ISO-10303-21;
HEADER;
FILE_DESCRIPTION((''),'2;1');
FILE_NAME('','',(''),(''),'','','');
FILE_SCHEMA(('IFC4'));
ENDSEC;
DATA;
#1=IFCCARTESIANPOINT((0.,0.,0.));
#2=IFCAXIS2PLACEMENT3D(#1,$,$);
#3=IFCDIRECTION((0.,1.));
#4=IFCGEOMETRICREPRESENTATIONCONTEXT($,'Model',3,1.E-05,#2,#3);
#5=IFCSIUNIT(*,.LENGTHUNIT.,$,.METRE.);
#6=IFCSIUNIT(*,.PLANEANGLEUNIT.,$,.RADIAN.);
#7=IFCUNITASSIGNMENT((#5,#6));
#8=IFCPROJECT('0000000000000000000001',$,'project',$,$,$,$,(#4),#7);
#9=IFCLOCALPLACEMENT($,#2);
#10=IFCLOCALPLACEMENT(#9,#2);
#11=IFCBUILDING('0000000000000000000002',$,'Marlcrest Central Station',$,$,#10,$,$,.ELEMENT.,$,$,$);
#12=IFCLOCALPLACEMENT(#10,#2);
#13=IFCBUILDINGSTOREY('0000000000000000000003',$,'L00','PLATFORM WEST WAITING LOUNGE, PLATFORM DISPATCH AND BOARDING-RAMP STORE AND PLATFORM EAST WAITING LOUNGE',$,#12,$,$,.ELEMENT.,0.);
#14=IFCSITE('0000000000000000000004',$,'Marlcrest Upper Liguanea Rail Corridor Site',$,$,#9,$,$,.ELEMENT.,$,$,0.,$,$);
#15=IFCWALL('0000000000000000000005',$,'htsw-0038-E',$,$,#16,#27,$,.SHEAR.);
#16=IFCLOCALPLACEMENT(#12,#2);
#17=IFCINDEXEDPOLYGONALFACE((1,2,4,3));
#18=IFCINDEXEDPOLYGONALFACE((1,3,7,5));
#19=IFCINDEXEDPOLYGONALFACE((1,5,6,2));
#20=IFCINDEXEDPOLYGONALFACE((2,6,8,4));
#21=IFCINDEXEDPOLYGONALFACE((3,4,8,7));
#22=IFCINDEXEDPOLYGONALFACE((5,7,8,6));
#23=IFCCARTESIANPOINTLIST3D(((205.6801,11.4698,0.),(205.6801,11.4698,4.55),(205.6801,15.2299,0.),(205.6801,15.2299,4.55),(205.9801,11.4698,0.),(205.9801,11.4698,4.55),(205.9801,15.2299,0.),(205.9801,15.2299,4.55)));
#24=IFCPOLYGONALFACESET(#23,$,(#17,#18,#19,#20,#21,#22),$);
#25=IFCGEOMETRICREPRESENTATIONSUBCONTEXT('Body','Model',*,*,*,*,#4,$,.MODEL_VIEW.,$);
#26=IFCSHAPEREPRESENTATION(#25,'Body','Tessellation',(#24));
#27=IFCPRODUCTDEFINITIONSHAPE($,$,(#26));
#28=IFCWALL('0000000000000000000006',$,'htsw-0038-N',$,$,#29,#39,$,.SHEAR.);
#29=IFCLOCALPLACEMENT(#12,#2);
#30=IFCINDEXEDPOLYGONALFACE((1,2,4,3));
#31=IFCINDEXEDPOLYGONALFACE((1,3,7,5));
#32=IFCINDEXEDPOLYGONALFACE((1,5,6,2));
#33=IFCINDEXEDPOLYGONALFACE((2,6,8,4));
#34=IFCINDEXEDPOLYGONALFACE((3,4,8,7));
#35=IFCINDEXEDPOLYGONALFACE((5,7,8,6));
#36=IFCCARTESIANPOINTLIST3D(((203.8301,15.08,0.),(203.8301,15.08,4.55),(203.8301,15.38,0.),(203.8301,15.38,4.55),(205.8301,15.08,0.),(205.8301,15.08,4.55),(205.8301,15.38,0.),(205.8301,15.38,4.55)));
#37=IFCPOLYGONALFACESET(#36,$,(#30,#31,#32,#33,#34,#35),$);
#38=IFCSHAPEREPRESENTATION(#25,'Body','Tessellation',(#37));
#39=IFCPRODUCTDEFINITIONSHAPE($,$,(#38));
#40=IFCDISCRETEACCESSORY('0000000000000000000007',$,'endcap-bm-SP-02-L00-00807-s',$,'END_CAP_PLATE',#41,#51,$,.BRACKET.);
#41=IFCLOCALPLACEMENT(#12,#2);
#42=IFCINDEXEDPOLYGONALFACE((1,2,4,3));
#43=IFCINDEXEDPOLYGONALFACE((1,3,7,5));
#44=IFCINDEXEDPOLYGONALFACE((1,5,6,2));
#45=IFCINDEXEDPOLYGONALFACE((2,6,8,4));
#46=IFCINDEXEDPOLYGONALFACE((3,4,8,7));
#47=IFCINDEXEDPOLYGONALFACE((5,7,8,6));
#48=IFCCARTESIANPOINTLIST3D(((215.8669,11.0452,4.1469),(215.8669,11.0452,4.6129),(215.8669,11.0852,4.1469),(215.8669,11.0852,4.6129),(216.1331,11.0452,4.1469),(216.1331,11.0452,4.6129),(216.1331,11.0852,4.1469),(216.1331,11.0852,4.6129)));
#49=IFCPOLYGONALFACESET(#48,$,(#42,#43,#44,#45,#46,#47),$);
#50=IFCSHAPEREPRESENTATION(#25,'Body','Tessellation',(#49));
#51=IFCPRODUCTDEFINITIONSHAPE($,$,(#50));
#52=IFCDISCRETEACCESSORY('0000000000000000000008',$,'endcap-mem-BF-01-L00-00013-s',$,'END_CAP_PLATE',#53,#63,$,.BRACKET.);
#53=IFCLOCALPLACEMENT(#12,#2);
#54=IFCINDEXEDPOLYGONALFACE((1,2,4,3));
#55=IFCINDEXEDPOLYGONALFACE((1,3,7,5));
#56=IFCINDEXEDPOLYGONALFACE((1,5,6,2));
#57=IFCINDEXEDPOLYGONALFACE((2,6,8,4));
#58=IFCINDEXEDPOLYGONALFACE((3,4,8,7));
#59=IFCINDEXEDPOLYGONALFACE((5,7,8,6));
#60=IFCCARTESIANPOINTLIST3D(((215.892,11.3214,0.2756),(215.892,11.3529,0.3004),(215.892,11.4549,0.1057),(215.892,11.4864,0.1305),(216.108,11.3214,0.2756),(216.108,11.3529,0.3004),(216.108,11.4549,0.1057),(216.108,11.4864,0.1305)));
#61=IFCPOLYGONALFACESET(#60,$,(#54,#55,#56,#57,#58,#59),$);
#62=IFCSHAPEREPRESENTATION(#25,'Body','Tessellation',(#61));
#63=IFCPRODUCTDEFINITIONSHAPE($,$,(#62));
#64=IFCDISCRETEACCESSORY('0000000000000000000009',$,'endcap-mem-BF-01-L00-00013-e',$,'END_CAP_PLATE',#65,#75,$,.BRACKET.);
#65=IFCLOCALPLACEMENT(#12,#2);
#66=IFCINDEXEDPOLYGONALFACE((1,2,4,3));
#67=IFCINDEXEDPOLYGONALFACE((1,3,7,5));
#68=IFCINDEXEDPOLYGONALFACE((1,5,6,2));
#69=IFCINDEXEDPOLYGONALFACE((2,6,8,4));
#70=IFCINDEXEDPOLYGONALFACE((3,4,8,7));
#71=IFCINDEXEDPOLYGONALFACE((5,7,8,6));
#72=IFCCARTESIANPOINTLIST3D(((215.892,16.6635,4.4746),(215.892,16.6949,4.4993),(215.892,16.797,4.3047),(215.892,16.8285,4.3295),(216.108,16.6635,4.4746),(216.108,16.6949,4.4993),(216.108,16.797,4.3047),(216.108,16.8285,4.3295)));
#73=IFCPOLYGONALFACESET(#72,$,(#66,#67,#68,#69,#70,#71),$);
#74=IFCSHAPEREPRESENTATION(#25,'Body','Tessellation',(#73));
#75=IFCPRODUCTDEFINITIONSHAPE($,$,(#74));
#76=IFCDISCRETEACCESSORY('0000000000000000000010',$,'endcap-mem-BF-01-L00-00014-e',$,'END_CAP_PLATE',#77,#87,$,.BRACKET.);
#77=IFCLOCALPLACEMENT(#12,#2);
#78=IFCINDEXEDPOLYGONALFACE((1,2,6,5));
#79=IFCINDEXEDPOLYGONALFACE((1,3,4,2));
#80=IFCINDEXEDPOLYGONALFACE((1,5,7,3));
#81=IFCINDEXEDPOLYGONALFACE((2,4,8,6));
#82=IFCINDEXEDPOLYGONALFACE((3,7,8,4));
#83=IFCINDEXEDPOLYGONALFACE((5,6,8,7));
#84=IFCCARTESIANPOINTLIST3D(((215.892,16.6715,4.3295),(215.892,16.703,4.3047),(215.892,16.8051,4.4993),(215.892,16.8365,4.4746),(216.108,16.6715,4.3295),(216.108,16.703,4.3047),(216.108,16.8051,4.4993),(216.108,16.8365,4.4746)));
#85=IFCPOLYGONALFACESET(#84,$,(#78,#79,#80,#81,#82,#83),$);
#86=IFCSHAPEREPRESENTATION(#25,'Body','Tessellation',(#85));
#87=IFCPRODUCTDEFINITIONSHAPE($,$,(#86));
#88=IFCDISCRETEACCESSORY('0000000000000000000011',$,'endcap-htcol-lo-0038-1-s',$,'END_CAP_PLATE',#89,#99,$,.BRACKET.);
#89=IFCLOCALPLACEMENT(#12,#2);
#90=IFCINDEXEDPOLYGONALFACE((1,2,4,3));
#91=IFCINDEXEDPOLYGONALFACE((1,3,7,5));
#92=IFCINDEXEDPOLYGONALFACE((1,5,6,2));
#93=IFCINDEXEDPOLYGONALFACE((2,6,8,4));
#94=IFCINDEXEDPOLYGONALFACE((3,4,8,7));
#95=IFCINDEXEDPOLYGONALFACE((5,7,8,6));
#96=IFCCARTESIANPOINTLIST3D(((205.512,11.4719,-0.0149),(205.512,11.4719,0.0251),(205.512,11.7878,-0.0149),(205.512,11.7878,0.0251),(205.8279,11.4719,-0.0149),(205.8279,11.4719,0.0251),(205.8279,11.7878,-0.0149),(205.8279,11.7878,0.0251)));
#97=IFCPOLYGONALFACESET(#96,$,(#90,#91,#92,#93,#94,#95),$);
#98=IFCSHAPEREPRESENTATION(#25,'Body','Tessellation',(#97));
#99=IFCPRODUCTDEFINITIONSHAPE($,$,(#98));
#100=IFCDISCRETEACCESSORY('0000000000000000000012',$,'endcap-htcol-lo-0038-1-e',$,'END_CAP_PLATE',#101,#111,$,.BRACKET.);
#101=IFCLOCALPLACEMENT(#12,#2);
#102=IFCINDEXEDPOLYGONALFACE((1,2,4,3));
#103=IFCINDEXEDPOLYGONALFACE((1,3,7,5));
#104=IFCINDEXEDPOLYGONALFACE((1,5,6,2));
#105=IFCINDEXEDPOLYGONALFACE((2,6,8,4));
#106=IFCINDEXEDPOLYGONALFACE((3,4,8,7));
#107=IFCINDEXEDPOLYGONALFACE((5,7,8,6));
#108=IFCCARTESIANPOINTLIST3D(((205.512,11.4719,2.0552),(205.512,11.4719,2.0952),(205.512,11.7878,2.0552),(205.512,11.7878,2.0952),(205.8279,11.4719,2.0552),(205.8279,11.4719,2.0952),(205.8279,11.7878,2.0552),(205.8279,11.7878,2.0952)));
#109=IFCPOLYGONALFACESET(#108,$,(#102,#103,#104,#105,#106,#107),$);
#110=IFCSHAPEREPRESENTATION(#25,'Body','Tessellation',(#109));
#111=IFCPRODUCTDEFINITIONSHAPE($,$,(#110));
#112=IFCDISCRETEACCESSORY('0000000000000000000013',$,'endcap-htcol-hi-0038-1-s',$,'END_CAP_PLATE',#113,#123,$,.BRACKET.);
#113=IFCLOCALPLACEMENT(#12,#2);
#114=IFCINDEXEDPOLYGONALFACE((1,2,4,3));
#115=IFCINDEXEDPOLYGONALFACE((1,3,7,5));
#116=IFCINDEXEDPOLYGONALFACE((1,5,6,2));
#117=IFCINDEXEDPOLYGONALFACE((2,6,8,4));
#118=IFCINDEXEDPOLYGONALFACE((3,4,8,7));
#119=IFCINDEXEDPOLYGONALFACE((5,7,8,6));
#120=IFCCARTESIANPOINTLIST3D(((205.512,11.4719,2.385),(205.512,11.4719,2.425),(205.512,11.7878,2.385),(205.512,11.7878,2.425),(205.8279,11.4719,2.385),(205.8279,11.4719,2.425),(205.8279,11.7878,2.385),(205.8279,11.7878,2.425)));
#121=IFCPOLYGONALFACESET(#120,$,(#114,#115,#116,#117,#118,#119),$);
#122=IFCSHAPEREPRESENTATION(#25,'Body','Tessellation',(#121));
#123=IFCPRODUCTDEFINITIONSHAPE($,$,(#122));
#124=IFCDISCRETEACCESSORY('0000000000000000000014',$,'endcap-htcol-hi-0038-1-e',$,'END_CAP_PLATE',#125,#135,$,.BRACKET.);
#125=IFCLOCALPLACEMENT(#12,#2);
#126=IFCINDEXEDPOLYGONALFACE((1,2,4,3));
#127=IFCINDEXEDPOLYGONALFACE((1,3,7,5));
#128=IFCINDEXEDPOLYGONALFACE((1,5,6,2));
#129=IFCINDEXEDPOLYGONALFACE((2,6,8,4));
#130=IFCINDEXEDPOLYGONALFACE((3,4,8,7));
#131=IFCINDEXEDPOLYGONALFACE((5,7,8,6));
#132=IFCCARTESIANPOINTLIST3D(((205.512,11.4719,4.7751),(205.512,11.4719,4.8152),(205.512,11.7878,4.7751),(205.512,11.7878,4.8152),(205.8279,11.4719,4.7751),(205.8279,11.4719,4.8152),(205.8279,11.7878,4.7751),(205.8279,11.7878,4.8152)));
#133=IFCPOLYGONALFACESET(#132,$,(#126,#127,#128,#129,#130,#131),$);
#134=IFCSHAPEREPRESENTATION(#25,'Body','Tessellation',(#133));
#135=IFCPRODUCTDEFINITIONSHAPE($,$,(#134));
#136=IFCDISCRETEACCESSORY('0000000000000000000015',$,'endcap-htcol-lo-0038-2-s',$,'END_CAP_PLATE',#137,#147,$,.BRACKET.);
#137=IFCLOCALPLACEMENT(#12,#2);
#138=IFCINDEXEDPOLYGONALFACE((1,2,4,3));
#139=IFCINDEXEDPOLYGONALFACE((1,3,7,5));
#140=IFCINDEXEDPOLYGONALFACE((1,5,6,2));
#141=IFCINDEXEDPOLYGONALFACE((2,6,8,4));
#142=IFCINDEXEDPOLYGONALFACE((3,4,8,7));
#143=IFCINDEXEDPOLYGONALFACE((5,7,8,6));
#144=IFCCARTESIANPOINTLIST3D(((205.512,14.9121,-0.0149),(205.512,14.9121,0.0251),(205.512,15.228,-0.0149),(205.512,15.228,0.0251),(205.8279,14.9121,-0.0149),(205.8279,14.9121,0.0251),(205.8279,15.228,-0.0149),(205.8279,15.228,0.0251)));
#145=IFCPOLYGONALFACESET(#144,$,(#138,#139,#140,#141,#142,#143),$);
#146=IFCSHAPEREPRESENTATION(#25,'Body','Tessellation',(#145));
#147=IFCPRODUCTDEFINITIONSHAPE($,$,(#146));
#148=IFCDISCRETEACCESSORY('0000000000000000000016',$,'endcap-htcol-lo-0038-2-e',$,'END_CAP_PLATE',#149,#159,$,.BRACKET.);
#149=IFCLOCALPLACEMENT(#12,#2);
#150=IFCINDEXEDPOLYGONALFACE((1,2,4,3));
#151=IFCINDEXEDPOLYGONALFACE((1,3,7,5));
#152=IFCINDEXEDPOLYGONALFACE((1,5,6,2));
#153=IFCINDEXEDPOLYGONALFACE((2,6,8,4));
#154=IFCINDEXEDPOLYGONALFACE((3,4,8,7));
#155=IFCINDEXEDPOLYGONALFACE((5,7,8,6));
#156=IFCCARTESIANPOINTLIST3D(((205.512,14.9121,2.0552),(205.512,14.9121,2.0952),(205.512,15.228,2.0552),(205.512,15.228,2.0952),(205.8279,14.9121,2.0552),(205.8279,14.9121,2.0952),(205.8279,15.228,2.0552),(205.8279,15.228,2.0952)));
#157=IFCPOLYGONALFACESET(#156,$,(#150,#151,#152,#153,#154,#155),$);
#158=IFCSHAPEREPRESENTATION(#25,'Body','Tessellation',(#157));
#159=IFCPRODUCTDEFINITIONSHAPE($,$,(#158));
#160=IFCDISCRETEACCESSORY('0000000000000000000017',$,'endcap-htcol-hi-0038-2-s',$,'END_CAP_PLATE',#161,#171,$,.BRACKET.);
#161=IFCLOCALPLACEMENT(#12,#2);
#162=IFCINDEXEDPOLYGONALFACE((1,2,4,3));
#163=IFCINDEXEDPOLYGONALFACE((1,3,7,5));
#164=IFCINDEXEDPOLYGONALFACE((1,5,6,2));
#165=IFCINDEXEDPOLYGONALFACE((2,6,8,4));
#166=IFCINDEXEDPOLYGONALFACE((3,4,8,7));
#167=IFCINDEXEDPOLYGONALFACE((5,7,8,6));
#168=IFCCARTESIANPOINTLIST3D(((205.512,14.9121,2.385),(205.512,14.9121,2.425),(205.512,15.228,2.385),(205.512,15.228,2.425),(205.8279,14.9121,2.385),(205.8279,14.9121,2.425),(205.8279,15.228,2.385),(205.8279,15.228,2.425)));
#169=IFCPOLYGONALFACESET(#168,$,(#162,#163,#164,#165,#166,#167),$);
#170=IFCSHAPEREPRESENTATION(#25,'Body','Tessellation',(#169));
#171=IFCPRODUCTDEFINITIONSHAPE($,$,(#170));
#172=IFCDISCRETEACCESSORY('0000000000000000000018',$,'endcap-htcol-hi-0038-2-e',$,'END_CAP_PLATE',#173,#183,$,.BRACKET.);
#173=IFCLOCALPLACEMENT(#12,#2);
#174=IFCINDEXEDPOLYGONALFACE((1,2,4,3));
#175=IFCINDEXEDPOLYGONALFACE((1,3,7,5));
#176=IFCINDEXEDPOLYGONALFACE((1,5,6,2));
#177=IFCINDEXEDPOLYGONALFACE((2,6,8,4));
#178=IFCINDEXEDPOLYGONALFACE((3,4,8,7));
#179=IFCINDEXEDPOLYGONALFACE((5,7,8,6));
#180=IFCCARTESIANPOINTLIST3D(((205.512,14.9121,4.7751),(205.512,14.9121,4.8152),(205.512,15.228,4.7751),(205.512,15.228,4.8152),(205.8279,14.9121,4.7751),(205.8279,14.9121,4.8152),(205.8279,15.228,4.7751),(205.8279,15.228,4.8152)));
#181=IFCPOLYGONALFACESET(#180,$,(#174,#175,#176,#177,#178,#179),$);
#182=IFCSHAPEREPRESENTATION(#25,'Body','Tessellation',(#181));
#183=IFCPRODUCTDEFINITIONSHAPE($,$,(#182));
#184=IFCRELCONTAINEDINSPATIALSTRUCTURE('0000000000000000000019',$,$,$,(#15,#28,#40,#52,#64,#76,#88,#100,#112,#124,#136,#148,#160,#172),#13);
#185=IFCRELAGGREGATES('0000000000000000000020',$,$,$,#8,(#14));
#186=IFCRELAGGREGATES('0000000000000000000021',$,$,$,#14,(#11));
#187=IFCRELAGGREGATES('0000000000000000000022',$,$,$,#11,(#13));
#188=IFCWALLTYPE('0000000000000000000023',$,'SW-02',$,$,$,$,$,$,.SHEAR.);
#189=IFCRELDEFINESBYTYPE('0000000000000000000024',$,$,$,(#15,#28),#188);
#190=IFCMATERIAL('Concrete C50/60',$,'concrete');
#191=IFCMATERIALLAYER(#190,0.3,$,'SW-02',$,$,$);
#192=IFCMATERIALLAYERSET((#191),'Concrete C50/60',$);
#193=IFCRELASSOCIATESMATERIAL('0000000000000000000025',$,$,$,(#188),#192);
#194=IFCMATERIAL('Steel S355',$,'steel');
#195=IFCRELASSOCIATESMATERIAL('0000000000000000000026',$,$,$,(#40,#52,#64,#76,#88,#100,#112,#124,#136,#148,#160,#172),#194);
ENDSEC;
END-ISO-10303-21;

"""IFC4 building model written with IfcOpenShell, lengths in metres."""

from ifc_helpers import new_model, si_unit, direction, frame, frame_2d, origin, origin_2d, place, context, subcontext, project, spatial, rectangle, extrude, material, layer, layer_set, type_object, element, save


model = new_model("IFC4")

# Units and contexts
model_context = context("Model", 3, precision=1e-05, world=origin(), true_north=direction((0.0, 1.0)))
body_context = subcontext(model_context, "Body", "Model", "MODEL_VIEW")
ifc_project = project(units=[si_unit("LENGTHUNIT", "METRE"), si_unit("PLANEANGLEUNIT", "RADIAN")], contexts=[model_context])

# Site, building, storey
site_placement = place(None, origin())
site = spatial("IfcSite", under=ifc_project, at=site_placement, Name="Marlcrest Upper Liguanea Rail Corridor Site", CompositionType="ELEMENT", RefElevation=0.0)
building_placement = place(site_placement, origin())
building = spatial("IfcBuilding", under=site, at=building_placement, Name="Marlcrest Central Station", CompositionType="ELEMENT")
storey_placement = place(building_placement, origin())
storey = spatial("IfcBuildingStorey", under=building, at=storey_placement, Name="L00", Description="PLATFORM WEST WAITING LOUNGE, PLATFORM DISPATCH AND BOARDING-RAMP STORE AND PLATFORM EAST WAITING LOUNGE", CompositionType="ELEMENT", Elevation=0.0)

# Shared definitions
ifc_material_1 = material(Name="Concrete C50/60", Category="concrete")
ifc_material_2 = material(Name="Steel S355", Category="steel")

# Walls
ifc_layer_1 = layer(ifc_material_1, 0.3, Name="SW-02")
ifc_layer_set_1 = layer_set([ifc_layer_1], Name="Concrete C50/60")
wall_type = type_object("IfcWallType", Name="SW-02", PredefinedType="SHEAR", material=ifc_layer_set_1)
wall_1_placement = place(storey_placement, frame((205.8301, 11.47, 0.0), z_axis=(0.0, 0.0, 1.0), x_axis=(0.0, 1.0, 0.0)))
element("IfcWall", 1, at=wall_1_placement, inside=storey, type_object=wall_type, Name="htsw-0038-E", PredefinedType="SHEAR", context=body_context, shape_type="SweptSolid", body=[
    extrude(rectangle(XDim=3.76, YDim=0.3, at=frame_2d((1.8799, 0.0))), origin(), (0.0, 0.0, 1.0), 4.55),
])
wall_2_placement = place(storey_placement, frame((205.8301, 15.23, 0.0), z_axis=(0.0, 0.0, 1.0), x_axis=(-1.0, 0.0, 0.0)))
element("IfcWall", 2, at=wall_2_placement, inside=storey, type_object=wall_type, Name="htsw-0038-N", PredefinedType="SHEAR", context=body_context, shape_type="SweptSolid", body=[
    extrude(rectangle(XDim=2.0, YDim=0.3, at=frame_2d((1.0, 0.0))), origin(), (0.0, 0.0, 1.0), 4.55),
])

# Discrete accessories
discrete_accessory_placement = place(storey_placement, frame((216.0, 11.0452, 4.3799), z_axis=(0.0, 1.0, 0.0), x_axis=(-1.0, 0.0, 0.0)))
element("IfcDiscreteAccessory", 3, at=discrete_accessory_placement, inside=storey, material=ifc_material_2, Name="endcap-bm-SP-02-L00-00807-s", ObjectType="END_CAP_PLATE", PredefinedType="BRACKET", context=body_context, shape_type="SweptSolid", body=[
    extrude(rectangle(XDim=0.2661, YDim=0.4661, at=origin_2d()), origin(), (0.0, 0.0, 1.0), 0.04),
])
for number, where, z_axis, x_axis, name in (
    (4, (216.0, 11.3882, 0.1907), (0.0, 0.786216, 0.617951), (-1.0, 0.0, 0.0), "endcap-mem-BF-01-L00-00013-s"),
    (5, (216.0, 16.7302, 4.3896), (0.0, 0.786216, 0.617951), (-1.0, 0.0, 0.0), "endcap-mem-BF-01-L00-00013-e"),
    (6, (216.0, 16.7698, 4.3896), (0.0, -0.786216, 0.617951), (1.0, 0.0, 0.0), "endcap-mem-BF-01-L00-00014-e"),
):
    element("IfcDiscreteAccessory", number, at=place(storey_placement, frame(where, z_axis=z_axis, x_axis=x_axis)), inside=storey, material=ifc_material_2, Name=name, ObjectType="END_CAP_PLATE", PredefinedType="BRACKET", context=body_context, shape_type="SweptSolid", body=[
        extrude(rectangle(XDim=0.2161, YDim=0.2161, at=origin_2d()), origin(), (0.0, 0.0, 1.0), 0.04),
    ])
for number, where, z_axis, x_axis, name in (
    (7, (205.6699, 11.6299, -0.0149), (0.0, 0.0, 1.0), (1.0, 0.0, 0.0), "endcap-htcol-lo-0038-1-s"),
    (8, (205.6699, 11.6299, 2.0552), (0.0, 0.0, 1.0), (1.0, 0.0, 0.0), "endcap-htcol-lo-0038-1-e"),
    (9, (205.6699, 11.6299, 2.385), (0.0, 0.0, 1.0), (1.0, 0.0, 0.0), "endcap-htcol-hi-0038-1-s"),
    (10, (205.6699, 11.6299, 4.7751), (0.0, 0.0, 1.0), (1.0, 0.0, 0.0), "endcap-htcol-hi-0038-1-e"),
    (11, (205.6699, 15.0701, -0.0149), (0.0, 0.0, 1.0), (1.0, 0.0, 0.0), "endcap-htcol-lo-0038-2-s"),
    (12, (205.6699, 15.0701, 2.0552), (0.0, 0.0, 1.0), (1.0, 0.0, 0.0), "endcap-htcol-lo-0038-2-e"),
    (13, (205.6699, 15.0701, 2.385), (0.0, 0.0, 1.0), (1.0, 0.0, 0.0), "endcap-htcol-hi-0038-2-s"),
    (14, (205.6699, 15.0701, 4.7751), (0.0, 0.0, 1.0), (1.0, 0.0, 0.0), "endcap-htcol-hi-0038-2-e"),
):
    element("IfcDiscreteAccessory", number, at=place(storey_placement, frame(where, z_axis=z_axis, x_axis=x_axis)), inside=storey, material=ifc_material_2, Name=name, ObjectType="END_CAP_PLATE", PredefinedType="BRACKET", context=body_context, shape_type="SweptSolid", body=[
        extrude(rectangle(XDim=0.3159, YDim=0.3159, at=origin_2d()), origin(), (0.0, 0.0, 1.0), 0.04),
    ])

save(model, "model.ifc")
